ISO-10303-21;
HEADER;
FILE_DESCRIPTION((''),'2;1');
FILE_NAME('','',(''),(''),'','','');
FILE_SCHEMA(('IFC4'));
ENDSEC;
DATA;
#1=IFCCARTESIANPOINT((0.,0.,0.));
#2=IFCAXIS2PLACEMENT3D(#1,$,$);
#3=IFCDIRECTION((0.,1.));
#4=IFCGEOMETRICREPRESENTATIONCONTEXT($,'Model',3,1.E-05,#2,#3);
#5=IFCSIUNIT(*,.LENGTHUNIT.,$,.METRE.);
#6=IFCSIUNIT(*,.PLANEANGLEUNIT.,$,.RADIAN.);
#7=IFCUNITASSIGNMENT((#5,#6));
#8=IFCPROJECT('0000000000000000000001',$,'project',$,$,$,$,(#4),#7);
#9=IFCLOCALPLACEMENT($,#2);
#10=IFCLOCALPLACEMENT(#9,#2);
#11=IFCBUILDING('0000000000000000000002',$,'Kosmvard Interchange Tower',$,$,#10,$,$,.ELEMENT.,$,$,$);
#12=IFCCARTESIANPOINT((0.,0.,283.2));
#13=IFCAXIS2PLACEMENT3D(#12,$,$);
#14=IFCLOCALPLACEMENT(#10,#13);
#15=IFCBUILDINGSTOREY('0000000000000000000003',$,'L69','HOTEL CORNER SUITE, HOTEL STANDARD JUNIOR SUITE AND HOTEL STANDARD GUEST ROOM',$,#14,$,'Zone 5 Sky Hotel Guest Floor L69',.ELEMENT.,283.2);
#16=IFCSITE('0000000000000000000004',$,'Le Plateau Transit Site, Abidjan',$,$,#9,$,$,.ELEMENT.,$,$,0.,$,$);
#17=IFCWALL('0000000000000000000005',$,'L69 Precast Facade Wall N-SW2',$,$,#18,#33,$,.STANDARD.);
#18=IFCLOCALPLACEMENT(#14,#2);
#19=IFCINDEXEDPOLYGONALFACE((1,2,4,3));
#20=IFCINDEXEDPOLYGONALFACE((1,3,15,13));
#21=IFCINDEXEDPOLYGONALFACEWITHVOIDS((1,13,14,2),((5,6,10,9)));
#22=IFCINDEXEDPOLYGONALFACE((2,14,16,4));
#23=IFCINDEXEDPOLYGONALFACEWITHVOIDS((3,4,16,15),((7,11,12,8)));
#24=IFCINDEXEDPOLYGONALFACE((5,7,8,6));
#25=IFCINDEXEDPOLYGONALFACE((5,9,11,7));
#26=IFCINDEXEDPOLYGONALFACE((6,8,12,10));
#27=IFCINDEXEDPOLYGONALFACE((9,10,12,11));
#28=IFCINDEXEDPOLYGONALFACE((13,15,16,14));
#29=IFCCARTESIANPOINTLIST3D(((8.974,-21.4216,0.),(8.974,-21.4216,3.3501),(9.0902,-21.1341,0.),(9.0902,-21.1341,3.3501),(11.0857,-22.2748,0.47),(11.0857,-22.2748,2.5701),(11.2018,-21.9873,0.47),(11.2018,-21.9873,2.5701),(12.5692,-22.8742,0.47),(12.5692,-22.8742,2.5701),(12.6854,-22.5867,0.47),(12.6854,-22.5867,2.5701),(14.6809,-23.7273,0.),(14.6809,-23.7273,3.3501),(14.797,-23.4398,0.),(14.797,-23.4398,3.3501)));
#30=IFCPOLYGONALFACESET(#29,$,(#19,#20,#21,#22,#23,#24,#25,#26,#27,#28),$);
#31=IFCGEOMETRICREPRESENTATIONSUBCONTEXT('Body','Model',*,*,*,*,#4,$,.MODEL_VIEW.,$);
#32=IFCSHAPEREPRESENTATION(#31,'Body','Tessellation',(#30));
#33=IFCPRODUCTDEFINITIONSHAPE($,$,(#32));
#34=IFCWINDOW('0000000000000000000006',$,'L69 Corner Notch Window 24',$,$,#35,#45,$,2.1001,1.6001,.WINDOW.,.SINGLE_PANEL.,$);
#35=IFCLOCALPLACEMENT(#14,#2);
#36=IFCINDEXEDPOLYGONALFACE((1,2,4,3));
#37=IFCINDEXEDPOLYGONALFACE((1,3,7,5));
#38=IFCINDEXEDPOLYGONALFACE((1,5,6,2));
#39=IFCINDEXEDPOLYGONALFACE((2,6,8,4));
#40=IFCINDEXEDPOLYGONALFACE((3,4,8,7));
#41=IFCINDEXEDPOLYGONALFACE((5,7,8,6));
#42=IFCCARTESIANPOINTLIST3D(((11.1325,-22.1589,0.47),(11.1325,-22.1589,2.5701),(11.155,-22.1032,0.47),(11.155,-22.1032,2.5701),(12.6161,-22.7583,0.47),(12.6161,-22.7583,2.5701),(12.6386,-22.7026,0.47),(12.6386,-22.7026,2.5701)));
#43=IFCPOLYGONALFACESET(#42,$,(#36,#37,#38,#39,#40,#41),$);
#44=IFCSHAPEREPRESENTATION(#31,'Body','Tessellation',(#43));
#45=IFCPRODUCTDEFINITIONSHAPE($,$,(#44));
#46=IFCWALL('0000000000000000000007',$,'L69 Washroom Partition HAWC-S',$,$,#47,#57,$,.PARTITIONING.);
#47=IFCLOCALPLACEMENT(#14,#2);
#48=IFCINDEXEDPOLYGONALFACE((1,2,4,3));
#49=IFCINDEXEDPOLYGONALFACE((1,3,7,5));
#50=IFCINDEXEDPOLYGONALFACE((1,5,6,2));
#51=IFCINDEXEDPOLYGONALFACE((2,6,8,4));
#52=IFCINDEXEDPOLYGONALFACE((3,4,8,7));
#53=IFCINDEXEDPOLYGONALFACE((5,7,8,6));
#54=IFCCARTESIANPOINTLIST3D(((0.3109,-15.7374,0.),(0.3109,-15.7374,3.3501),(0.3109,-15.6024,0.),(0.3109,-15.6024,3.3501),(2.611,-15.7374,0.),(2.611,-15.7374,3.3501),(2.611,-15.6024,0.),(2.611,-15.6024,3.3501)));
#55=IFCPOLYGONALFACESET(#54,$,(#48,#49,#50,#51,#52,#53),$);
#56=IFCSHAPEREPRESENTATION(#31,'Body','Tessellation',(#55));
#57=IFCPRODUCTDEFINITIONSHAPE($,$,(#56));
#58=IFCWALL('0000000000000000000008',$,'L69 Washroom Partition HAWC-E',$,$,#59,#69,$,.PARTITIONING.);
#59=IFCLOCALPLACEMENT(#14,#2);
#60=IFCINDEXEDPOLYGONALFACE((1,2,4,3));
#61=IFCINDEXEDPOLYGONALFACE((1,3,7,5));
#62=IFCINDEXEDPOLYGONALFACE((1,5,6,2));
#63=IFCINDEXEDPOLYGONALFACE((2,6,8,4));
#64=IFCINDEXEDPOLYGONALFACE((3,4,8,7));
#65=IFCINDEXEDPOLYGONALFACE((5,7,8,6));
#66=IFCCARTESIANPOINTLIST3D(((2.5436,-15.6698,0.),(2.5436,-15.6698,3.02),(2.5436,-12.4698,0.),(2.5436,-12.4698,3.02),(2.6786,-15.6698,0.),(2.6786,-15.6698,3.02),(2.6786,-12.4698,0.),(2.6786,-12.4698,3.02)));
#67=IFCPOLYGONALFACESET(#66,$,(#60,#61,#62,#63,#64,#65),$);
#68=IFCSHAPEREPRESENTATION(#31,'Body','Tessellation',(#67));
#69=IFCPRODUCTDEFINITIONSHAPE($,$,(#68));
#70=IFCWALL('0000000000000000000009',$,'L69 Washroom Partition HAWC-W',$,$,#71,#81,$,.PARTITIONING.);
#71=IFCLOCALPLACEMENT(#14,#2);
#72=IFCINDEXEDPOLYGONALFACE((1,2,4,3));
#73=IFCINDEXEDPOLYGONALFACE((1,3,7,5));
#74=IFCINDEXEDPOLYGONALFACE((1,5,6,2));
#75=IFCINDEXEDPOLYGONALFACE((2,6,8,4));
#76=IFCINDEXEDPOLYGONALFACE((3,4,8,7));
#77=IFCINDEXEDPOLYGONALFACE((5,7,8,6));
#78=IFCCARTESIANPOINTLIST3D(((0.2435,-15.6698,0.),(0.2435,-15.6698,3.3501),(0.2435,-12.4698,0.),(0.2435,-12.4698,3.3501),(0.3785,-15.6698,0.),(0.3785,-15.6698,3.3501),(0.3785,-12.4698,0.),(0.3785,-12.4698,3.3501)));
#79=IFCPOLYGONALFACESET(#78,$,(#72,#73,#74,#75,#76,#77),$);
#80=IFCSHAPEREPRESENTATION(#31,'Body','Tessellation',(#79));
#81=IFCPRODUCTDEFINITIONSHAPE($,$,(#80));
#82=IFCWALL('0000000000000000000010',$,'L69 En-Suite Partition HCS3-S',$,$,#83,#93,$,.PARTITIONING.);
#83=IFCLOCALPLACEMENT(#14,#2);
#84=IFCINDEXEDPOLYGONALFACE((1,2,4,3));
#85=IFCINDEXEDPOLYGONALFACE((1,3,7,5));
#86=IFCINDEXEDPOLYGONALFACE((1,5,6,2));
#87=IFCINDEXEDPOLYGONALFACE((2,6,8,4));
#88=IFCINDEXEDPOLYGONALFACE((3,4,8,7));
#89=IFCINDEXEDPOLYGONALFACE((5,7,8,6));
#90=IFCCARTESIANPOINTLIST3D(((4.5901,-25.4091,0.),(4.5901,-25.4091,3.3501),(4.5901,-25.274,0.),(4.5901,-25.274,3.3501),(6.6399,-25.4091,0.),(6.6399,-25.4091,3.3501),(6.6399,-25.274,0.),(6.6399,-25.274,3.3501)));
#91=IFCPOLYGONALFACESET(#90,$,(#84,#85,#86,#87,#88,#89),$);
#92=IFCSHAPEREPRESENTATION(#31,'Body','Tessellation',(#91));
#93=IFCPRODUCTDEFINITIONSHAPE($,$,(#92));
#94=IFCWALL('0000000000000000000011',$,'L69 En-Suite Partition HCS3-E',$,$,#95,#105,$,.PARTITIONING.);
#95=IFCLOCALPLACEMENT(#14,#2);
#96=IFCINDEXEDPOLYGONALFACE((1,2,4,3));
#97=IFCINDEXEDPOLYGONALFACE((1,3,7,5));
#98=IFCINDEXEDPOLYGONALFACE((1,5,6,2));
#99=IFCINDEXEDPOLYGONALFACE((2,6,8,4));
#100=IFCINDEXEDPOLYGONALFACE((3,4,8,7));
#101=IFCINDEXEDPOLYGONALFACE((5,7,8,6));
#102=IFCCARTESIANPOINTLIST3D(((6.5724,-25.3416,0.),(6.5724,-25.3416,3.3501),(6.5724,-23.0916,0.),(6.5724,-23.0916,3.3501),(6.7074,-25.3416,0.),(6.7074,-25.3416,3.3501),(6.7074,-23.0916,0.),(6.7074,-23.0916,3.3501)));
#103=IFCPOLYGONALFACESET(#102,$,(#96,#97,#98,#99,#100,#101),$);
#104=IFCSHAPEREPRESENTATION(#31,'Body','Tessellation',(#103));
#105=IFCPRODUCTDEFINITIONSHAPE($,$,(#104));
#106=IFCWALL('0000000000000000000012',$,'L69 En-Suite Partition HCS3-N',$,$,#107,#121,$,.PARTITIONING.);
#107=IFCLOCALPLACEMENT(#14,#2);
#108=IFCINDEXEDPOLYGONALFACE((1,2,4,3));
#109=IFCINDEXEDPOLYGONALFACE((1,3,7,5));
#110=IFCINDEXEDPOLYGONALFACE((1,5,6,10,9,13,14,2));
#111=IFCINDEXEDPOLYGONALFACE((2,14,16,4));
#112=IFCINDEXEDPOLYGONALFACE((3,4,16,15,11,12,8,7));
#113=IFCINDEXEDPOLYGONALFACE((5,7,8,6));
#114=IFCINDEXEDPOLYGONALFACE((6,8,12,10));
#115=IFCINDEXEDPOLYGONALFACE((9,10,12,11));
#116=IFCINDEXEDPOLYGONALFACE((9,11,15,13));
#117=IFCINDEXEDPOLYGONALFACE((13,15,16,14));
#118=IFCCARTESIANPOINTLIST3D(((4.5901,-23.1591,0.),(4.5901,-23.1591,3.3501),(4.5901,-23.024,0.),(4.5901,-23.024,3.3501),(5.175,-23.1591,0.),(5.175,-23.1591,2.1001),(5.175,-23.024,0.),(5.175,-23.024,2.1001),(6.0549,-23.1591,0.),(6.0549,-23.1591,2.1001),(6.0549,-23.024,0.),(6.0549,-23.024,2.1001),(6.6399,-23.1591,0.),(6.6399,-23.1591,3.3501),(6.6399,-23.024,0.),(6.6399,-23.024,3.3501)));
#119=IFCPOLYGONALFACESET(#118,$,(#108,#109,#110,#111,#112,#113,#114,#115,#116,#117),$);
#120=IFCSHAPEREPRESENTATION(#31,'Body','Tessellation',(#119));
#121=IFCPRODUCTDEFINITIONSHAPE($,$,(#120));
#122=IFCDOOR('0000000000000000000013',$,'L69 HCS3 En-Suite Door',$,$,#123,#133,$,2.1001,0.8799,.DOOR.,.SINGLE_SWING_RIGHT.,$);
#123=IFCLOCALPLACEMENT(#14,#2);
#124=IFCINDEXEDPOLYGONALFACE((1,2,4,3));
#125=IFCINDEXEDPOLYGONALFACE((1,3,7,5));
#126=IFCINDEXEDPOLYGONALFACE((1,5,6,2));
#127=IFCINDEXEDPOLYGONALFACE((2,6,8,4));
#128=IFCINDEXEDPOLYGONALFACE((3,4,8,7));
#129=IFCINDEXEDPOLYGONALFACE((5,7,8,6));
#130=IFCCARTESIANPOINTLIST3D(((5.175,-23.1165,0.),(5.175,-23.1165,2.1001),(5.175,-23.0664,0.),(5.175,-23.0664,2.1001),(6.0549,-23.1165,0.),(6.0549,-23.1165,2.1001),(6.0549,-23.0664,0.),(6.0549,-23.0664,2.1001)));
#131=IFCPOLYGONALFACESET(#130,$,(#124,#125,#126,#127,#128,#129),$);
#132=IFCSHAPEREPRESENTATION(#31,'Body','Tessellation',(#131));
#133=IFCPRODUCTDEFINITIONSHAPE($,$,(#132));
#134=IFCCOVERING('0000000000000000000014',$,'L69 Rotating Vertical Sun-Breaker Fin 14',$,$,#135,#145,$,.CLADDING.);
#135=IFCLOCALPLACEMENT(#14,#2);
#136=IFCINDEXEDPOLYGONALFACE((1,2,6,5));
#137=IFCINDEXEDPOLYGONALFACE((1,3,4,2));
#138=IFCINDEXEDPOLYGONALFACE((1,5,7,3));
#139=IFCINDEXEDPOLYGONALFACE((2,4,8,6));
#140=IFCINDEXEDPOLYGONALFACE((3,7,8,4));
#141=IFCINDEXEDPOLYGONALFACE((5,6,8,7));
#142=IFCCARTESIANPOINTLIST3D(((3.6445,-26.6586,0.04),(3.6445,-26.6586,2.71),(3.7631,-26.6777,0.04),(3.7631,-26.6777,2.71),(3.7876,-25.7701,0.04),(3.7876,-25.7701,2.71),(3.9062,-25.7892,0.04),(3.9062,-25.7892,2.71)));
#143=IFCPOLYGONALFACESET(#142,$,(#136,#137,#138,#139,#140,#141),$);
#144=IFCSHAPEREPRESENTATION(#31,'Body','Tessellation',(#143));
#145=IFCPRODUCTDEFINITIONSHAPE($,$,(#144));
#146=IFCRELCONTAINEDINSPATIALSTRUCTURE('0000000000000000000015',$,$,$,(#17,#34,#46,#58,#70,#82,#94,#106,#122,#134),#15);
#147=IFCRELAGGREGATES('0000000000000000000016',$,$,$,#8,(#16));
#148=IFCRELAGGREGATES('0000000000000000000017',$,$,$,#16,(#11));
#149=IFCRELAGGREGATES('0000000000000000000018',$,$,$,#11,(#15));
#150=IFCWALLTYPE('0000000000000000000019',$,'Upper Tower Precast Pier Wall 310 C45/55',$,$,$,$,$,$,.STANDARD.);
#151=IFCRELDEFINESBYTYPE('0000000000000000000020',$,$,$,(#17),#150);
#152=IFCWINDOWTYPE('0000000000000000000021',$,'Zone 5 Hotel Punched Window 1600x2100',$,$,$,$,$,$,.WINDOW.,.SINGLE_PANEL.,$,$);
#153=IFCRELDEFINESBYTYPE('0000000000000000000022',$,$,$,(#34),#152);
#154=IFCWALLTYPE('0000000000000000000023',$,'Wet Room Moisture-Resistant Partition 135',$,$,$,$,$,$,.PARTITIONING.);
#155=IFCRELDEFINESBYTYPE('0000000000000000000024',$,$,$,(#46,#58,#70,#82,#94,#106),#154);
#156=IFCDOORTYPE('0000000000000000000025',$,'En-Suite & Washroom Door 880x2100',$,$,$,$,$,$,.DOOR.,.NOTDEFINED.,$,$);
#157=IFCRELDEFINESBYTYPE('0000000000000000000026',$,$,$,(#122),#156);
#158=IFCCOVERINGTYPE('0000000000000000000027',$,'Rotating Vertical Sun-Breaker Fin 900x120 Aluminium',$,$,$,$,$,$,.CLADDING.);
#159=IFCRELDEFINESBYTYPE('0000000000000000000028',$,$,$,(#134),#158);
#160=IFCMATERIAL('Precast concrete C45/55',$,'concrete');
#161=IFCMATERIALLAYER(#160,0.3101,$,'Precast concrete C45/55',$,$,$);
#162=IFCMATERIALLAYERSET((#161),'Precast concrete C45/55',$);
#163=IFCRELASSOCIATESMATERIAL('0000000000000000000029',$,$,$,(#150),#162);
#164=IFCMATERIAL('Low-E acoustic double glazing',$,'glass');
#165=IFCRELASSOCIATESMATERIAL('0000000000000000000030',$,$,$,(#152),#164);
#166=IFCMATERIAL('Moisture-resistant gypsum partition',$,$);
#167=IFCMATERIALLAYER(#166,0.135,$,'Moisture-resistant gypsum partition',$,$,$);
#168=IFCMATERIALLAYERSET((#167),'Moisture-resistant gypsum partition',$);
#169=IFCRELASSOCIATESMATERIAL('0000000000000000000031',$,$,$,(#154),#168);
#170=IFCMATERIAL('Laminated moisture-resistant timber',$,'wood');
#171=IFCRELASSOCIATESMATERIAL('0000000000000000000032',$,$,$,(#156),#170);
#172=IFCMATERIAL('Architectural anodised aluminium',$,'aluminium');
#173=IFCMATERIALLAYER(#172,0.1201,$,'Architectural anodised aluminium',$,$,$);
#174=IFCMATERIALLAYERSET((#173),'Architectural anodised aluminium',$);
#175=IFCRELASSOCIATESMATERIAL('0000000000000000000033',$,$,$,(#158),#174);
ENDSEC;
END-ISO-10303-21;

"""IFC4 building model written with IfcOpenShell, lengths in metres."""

from ifc_helpers import new_model, si_unit, direction, frame, frame_2d, origin, origin_2d, place, context, subcontext, project, spatial, rectangle, extrude, source, transform, mapped, material, layer, layer_set, type_object, element, fill, save


model = new_model("IFC4")

# Units and contexts
model_context = context("Model", 3, precision=1e-05, world=origin(), true_north=direction((0.0, 1.0)))
body_context = subcontext(model_context, "Body", "Model", "MODEL_VIEW")
ifc_project = project(units=[si_unit("LENGTHUNIT", "METRE"), si_unit("PLANEANGLEUNIT", "RADIAN")], contexts=[model_context])

# Site, building, storey
site_placement = place(None, origin())
site = spatial("IfcSite", under=ifc_project, at=site_placement, Name="Le Plateau Transit Site, Abidjan", CompositionType="ELEMENT", RefElevation=0.0)
building_placement = place(site_placement, origin())
building = spatial("IfcBuilding", under=site, at=building_placement, Name="Kosmvard Interchange Tower", CompositionType="ELEMENT")
storey_placement = place(building_placement, frame((0.0, 0.0, 283.2)))
storey = spatial("IfcBuildingStorey", under=building, at=storey_placement, Name="L69", Description="HOTEL CORNER SUITE, HOTEL STANDARD JUNIOR SUITE AND HOTEL STANDARD GUEST ROOM", LongName="Zone 5 Sky Hotel Guest Floor L69", CompositionType="ELEMENT", Elevation=283.2)

# Shared definitions
ifc_material_1 = material(Name="Precast concrete C45/55", Category="concrete")

# Shared definitions
ifc_layer_1 = layer(ifc_material_1, 0.3101, Name="Precast concrete C45/55")
ifc_layer_set_1 = layer_set([ifc_layer_1], Name="Precast concrete C45/55")
wall_type_1 = type_object("IfcWallType", Name="Upper Tower Precast Pier Wall 310 C45/55", PredefinedType="STANDARD", material=ifc_layer_set_1)

# Wall, opening, window
wall_1_placement = place(storey_placement, frame((9.032, -21.2778, 0.0), z_axis=(0.0, 0.0, 1.0), x_axis=(0.927185, -0.374603, 0.0)))
wall_1 = element("IfcWall", 1, at=wall_1_placement, inside=storey, type_object=wall_type_1, Name="L69 Precast Facade Wall N-SW2", PredefinedType="STANDARD", context=body_context, shape_type="SweptSolid", body=[
    extrude(rectangle(XDim=6.155, YDim=0.3101, at=frame_2d((3.0776, 0.0))), origin(), (0.0, 0.0, 1.0), 3.3501),
])
opening_1_placement = place(wall_1_placement, frame((2.2776, 0.0, 0.47)))
opening_1 = element("IfcOpeningElement", 2, at=opening_1_placement, cuts=wall_1, PredefinedType="OPENING", context=body_context, shape_type="SweptSolid", body=[
    extrude(rectangle(XDim=1.6001, YDim=2.1001, at=frame_2d((0.8, 1.05))), frame((0.0, 0.165, 0.0), z_axis=(0.0, -1.0, 0.0), x_axis=(1.0, 0.0, 0.0)), (0.0, 0.0, 1.0), 0.3301),
])
ifc_material_2 = material(Name="Low-E acoustic double glazing", Category="glass")
window_type = type_object("IfcWindowType", Name="Zone 5 Hotel Punched Window 1600x2100", PartitioningType="SINGLE_PANEL", PredefinedType="WINDOW", material=ifc_material_2)
shared_shape_1 = source(origin(), body_context, "Body", "SweptSolid", [
    extrude(rectangle(XDim=1.6001, YDim=2.1001, at=frame_2d((0.8, 1.05))), frame((0.0, 0.03, 0.0), z_axis=(0.0, -1.0, 0.0), x_axis=(1.0, 0.0, 0.0)), (0.0, 0.0, 1.0), 0.0601),
])
window_placement = place(opening_1_placement, origin())
window = element("IfcWindow", 3, at=window_placement, inside=storey, type_object=window_type, Name="L69 Corner Notch Window 24", OverallHeight=2.1001, OverallWidth=1.6001, PartitioningType="SINGLE_PANEL", PredefinedType="WINDOW", context=body_context, shape_type="MappedRepresentation", body=[
    mapped(shared_shape_1, transform((0.0, 0.0, 0.0), scale=1.0)),
])
fill(opening_1, window)

# Walls
ifc_material_3 = material(Name="Moisture-resistant gypsum partition")
ifc_layer_2 = layer(ifc_material_3, 0.135, Name="Moisture-resistant gypsum partition")
ifc_layer_set_2 = layer_set([ifc_layer_2], Name="Moisture-resistant gypsum partition")
wall_type_2 = type_object("IfcWallType", Name="Wet Room Moisture-Resistant Partition 135", PredefinedType="PARTITIONING", material=ifc_layer_set_2)
wall_2_placement = place(storey_placement, frame((0.311, -15.6699, 0.0), z_axis=(0.0, 0.0, 1.0), x_axis=(1.0, 0.0, 0.0)))
element("IfcWall", 4, at=wall_2_placement, inside=storey, type_object=wall_type_2, Name="L69 Washroom Partition HAWC-S", PredefinedType="PARTITIONING", context=body_context, shape_type="SweptSolid", body=[
    extrude(rectangle(XDim=2.3, YDim=0.135, at=frame_2d((1.1499, 0.0))), origin(), (0.0, 0.0, 1.0), 3.3501),
])
wall_3_placement = place(storey_placement, frame((2.6111, -15.6699, 0.0), z_axis=(0.0, 0.0, 1.0), x_axis=(0.0, 1.0, 0.0)))
element("IfcWall", 5, at=wall_3_placement, inside=storey, type_object=wall_type_2, Name="L69 Washroom Partition HAWC-E", PredefinedType="PARTITIONING", context=body_context, shape_type="SweptSolid", body=[
    extrude(rectangle(XDim=3.2, YDim=0.135, at=frame_2d((1.6001, 0.0))), origin(), (0.0, 0.0, 1.0), 3.02),
])
wall_4_placement = place(storey_placement, frame((0.311, -15.6699, 0.0), z_axis=(0.0, 0.0, 1.0), x_axis=(0.0, 1.0, 0.0)))
element("IfcWall", 6, at=wall_4_placement, inside=storey, type_object=wall_type_2, Name="L69 Washroom Partition HAWC-W", PredefinedType="PARTITIONING", context=body_context, shape_type="SweptSolid", body=[
    extrude(rectangle(XDim=3.2, YDim=0.135, at=frame_2d((1.6001, 0.0))), origin(), (0.0, 0.0, 1.0), 3.3501),
])
wall_5_placement = place(storey_placement, frame((4.5901, -25.3416, 0.0), z_axis=(0.0, 0.0, 1.0), x_axis=(1.0, 0.0, 0.0)))
element("IfcWall", 7, at=wall_5_placement, inside=storey, type_object=wall_type_2, Name="L69 En-Suite Partition HCS3-S", PredefinedType="PARTITIONING", context=body_context, shape_type="SweptSolid", body=[
    extrude(rectangle(XDim=2.0498, YDim=0.135, at=frame_2d((1.0249, 0.0))), origin(), (0.0, 0.0, 1.0), 3.3501),
])
wall_6_placement = place(storey_placement, frame((6.6399, -25.3416, 0.0), z_axis=(0.0, 0.0, 1.0), x_axis=(0.0, 1.0, 0.0)))
element("IfcWall", 8, at=wall_6_placement, inside=storey, type_object=wall_type_2, Name="L69 En-Suite Partition HCS3-E", PredefinedType="PARTITIONING", context=body_context, shape_type="SweptSolid", body=[
    extrude(rectangle(XDim=2.25, YDim=0.135, at=frame_2d((1.125, 0.0))), origin(), (0.0, 0.0, 1.0), 3.3501),
])

# Wall, opening, door
wall_7_placement = place(storey_placement, frame((4.5901, -23.0916, 0.0), z_axis=(0.0, 0.0, 1.0), x_axis=(1.0, 0.0, 0.0)))
wall_7 = element("IfcWall", 9, at=wall_7_placement, inside=storey, type_object=wall_type_2, Name="L69 En-Suite Partition HCS3-N", PredefinedType="PARTITIONING", context=body_context, shape_type="SweptSolid", body=[
    extrude(rectangle(XDim=2.0498, YDim=0.135, at=frame_2d((1.0249, 0.0))), origin(), (0.0, 0.0, 1.0), 3.3501),
])
opening_2_placement = place(wall_7_placement, frame((0.585, 0.0, 0.0)))
opening_2 = element("IfcOpeningElement", 10, at=opening_2_placement, cuts=wall_7, PredefinedType="OPENING", context=body_context, shape_type="SweptSolid", body=[
    extrude(rectangle(XDim=0.8799, YDim=2.1001, at=frame_2d((0.4399, 1.05))), frame((0.0, 0.0776, 0.0), z_axis=(0.0, -1.0, 0.0), x_axis=(1.0, 0.0, 0.0)), (0.0, 0.0, 1.0), 0.155),
])
ifc_material_4 = material(Name="Laminated moisture-resistant timber", Category="wood")
door_type = type_object("IfcDoorType", Name="En-Suite & Washroom Door 880x2100", OperationType="NOTDEFINED", PredefinedType="DOOR", material=ifc_material_4)
shared_shape_2 = source(origin(), body_context, "Body", "SweptSolid", [
    extrude(rectangle(XDim=0.8799, YDim=2.1001, at=frame_2d((0.4399, 1.05))), frame((0.0, 0.0249, 0.0), z_axis=(0.0, -1.0, 0.0), x_axis=(1.0, 0.0, 0.0)), (0.0, 0.0, 1.0), 0.05),
])
door_placement = place(opening_2_placement, frame((0.8799, 0.0, 0.0), z_axis=(0.0, 0.0, 1.0), x_axis=(-1.0, 0.0, 0.0)))
door = element("IfcDoor", 11, at=door_placement, inside=storey, type_object=door_type, Name="L69 HCS3 En-Suite Door", OperationType="SINGLE_SWING_RIGHT", OverallHeight=2.1001, OverallWidth=0.8799, PredefinedType="DOOR", context=body_context, shape_type="MappedRepresentation", body=[
    mapped(shared_shape_2, transform((0.0, 0.0, 0.0), scale=1.0)),
])
fill(opening_2, door)

# Covering
ifc_material_5 = material(Name="Architectural anodised aluminium", Category="aluminium")
ifc_layer_3 = layer(ifc_material_5, 0.1201, Name="Architectural anodised aluminium")
ifc_layer_set_3 = layer_set([ifc_layer_3], Name="Architectural anodised aluminium")
covering_type = type_object("IfcCoveringType", Name="Rotating Vertical Sun-Breaker Fin 900x120 Aluminium", PredefinedType="CLADDING", material=ifc_layer_set_3)
shared_shape_3 = source(origin(), body_context, "Body", "SweptSolid", [
    extrude(rectangle(XDim=0.8999, YDim=0.1201, at=origin_2d()), origin(), (0.0, 0.0, 1.0), 2.6699),
])
covering_placement = place(storey_placement, frame((3.7754, -26.2239, 0.04), z_axis=(0.0, 0.0, 1.0), x_axis=(-0.15902, -0.987275, 0.0)))
element("IfcCovering", 12, at=covering_placement, inside=storey, type_object=covering_type, Name="L69 Rotating Vertical Sun-Breaker Fin 14", PredefinedType="CLADDING", context=body_context, shape_type="MappedRepresentation", body=[
    mapped(shared_shape_3, transform((0.0, 0.0, 0.0), scale=1.0)),
])

save(model, "model.ifc")
